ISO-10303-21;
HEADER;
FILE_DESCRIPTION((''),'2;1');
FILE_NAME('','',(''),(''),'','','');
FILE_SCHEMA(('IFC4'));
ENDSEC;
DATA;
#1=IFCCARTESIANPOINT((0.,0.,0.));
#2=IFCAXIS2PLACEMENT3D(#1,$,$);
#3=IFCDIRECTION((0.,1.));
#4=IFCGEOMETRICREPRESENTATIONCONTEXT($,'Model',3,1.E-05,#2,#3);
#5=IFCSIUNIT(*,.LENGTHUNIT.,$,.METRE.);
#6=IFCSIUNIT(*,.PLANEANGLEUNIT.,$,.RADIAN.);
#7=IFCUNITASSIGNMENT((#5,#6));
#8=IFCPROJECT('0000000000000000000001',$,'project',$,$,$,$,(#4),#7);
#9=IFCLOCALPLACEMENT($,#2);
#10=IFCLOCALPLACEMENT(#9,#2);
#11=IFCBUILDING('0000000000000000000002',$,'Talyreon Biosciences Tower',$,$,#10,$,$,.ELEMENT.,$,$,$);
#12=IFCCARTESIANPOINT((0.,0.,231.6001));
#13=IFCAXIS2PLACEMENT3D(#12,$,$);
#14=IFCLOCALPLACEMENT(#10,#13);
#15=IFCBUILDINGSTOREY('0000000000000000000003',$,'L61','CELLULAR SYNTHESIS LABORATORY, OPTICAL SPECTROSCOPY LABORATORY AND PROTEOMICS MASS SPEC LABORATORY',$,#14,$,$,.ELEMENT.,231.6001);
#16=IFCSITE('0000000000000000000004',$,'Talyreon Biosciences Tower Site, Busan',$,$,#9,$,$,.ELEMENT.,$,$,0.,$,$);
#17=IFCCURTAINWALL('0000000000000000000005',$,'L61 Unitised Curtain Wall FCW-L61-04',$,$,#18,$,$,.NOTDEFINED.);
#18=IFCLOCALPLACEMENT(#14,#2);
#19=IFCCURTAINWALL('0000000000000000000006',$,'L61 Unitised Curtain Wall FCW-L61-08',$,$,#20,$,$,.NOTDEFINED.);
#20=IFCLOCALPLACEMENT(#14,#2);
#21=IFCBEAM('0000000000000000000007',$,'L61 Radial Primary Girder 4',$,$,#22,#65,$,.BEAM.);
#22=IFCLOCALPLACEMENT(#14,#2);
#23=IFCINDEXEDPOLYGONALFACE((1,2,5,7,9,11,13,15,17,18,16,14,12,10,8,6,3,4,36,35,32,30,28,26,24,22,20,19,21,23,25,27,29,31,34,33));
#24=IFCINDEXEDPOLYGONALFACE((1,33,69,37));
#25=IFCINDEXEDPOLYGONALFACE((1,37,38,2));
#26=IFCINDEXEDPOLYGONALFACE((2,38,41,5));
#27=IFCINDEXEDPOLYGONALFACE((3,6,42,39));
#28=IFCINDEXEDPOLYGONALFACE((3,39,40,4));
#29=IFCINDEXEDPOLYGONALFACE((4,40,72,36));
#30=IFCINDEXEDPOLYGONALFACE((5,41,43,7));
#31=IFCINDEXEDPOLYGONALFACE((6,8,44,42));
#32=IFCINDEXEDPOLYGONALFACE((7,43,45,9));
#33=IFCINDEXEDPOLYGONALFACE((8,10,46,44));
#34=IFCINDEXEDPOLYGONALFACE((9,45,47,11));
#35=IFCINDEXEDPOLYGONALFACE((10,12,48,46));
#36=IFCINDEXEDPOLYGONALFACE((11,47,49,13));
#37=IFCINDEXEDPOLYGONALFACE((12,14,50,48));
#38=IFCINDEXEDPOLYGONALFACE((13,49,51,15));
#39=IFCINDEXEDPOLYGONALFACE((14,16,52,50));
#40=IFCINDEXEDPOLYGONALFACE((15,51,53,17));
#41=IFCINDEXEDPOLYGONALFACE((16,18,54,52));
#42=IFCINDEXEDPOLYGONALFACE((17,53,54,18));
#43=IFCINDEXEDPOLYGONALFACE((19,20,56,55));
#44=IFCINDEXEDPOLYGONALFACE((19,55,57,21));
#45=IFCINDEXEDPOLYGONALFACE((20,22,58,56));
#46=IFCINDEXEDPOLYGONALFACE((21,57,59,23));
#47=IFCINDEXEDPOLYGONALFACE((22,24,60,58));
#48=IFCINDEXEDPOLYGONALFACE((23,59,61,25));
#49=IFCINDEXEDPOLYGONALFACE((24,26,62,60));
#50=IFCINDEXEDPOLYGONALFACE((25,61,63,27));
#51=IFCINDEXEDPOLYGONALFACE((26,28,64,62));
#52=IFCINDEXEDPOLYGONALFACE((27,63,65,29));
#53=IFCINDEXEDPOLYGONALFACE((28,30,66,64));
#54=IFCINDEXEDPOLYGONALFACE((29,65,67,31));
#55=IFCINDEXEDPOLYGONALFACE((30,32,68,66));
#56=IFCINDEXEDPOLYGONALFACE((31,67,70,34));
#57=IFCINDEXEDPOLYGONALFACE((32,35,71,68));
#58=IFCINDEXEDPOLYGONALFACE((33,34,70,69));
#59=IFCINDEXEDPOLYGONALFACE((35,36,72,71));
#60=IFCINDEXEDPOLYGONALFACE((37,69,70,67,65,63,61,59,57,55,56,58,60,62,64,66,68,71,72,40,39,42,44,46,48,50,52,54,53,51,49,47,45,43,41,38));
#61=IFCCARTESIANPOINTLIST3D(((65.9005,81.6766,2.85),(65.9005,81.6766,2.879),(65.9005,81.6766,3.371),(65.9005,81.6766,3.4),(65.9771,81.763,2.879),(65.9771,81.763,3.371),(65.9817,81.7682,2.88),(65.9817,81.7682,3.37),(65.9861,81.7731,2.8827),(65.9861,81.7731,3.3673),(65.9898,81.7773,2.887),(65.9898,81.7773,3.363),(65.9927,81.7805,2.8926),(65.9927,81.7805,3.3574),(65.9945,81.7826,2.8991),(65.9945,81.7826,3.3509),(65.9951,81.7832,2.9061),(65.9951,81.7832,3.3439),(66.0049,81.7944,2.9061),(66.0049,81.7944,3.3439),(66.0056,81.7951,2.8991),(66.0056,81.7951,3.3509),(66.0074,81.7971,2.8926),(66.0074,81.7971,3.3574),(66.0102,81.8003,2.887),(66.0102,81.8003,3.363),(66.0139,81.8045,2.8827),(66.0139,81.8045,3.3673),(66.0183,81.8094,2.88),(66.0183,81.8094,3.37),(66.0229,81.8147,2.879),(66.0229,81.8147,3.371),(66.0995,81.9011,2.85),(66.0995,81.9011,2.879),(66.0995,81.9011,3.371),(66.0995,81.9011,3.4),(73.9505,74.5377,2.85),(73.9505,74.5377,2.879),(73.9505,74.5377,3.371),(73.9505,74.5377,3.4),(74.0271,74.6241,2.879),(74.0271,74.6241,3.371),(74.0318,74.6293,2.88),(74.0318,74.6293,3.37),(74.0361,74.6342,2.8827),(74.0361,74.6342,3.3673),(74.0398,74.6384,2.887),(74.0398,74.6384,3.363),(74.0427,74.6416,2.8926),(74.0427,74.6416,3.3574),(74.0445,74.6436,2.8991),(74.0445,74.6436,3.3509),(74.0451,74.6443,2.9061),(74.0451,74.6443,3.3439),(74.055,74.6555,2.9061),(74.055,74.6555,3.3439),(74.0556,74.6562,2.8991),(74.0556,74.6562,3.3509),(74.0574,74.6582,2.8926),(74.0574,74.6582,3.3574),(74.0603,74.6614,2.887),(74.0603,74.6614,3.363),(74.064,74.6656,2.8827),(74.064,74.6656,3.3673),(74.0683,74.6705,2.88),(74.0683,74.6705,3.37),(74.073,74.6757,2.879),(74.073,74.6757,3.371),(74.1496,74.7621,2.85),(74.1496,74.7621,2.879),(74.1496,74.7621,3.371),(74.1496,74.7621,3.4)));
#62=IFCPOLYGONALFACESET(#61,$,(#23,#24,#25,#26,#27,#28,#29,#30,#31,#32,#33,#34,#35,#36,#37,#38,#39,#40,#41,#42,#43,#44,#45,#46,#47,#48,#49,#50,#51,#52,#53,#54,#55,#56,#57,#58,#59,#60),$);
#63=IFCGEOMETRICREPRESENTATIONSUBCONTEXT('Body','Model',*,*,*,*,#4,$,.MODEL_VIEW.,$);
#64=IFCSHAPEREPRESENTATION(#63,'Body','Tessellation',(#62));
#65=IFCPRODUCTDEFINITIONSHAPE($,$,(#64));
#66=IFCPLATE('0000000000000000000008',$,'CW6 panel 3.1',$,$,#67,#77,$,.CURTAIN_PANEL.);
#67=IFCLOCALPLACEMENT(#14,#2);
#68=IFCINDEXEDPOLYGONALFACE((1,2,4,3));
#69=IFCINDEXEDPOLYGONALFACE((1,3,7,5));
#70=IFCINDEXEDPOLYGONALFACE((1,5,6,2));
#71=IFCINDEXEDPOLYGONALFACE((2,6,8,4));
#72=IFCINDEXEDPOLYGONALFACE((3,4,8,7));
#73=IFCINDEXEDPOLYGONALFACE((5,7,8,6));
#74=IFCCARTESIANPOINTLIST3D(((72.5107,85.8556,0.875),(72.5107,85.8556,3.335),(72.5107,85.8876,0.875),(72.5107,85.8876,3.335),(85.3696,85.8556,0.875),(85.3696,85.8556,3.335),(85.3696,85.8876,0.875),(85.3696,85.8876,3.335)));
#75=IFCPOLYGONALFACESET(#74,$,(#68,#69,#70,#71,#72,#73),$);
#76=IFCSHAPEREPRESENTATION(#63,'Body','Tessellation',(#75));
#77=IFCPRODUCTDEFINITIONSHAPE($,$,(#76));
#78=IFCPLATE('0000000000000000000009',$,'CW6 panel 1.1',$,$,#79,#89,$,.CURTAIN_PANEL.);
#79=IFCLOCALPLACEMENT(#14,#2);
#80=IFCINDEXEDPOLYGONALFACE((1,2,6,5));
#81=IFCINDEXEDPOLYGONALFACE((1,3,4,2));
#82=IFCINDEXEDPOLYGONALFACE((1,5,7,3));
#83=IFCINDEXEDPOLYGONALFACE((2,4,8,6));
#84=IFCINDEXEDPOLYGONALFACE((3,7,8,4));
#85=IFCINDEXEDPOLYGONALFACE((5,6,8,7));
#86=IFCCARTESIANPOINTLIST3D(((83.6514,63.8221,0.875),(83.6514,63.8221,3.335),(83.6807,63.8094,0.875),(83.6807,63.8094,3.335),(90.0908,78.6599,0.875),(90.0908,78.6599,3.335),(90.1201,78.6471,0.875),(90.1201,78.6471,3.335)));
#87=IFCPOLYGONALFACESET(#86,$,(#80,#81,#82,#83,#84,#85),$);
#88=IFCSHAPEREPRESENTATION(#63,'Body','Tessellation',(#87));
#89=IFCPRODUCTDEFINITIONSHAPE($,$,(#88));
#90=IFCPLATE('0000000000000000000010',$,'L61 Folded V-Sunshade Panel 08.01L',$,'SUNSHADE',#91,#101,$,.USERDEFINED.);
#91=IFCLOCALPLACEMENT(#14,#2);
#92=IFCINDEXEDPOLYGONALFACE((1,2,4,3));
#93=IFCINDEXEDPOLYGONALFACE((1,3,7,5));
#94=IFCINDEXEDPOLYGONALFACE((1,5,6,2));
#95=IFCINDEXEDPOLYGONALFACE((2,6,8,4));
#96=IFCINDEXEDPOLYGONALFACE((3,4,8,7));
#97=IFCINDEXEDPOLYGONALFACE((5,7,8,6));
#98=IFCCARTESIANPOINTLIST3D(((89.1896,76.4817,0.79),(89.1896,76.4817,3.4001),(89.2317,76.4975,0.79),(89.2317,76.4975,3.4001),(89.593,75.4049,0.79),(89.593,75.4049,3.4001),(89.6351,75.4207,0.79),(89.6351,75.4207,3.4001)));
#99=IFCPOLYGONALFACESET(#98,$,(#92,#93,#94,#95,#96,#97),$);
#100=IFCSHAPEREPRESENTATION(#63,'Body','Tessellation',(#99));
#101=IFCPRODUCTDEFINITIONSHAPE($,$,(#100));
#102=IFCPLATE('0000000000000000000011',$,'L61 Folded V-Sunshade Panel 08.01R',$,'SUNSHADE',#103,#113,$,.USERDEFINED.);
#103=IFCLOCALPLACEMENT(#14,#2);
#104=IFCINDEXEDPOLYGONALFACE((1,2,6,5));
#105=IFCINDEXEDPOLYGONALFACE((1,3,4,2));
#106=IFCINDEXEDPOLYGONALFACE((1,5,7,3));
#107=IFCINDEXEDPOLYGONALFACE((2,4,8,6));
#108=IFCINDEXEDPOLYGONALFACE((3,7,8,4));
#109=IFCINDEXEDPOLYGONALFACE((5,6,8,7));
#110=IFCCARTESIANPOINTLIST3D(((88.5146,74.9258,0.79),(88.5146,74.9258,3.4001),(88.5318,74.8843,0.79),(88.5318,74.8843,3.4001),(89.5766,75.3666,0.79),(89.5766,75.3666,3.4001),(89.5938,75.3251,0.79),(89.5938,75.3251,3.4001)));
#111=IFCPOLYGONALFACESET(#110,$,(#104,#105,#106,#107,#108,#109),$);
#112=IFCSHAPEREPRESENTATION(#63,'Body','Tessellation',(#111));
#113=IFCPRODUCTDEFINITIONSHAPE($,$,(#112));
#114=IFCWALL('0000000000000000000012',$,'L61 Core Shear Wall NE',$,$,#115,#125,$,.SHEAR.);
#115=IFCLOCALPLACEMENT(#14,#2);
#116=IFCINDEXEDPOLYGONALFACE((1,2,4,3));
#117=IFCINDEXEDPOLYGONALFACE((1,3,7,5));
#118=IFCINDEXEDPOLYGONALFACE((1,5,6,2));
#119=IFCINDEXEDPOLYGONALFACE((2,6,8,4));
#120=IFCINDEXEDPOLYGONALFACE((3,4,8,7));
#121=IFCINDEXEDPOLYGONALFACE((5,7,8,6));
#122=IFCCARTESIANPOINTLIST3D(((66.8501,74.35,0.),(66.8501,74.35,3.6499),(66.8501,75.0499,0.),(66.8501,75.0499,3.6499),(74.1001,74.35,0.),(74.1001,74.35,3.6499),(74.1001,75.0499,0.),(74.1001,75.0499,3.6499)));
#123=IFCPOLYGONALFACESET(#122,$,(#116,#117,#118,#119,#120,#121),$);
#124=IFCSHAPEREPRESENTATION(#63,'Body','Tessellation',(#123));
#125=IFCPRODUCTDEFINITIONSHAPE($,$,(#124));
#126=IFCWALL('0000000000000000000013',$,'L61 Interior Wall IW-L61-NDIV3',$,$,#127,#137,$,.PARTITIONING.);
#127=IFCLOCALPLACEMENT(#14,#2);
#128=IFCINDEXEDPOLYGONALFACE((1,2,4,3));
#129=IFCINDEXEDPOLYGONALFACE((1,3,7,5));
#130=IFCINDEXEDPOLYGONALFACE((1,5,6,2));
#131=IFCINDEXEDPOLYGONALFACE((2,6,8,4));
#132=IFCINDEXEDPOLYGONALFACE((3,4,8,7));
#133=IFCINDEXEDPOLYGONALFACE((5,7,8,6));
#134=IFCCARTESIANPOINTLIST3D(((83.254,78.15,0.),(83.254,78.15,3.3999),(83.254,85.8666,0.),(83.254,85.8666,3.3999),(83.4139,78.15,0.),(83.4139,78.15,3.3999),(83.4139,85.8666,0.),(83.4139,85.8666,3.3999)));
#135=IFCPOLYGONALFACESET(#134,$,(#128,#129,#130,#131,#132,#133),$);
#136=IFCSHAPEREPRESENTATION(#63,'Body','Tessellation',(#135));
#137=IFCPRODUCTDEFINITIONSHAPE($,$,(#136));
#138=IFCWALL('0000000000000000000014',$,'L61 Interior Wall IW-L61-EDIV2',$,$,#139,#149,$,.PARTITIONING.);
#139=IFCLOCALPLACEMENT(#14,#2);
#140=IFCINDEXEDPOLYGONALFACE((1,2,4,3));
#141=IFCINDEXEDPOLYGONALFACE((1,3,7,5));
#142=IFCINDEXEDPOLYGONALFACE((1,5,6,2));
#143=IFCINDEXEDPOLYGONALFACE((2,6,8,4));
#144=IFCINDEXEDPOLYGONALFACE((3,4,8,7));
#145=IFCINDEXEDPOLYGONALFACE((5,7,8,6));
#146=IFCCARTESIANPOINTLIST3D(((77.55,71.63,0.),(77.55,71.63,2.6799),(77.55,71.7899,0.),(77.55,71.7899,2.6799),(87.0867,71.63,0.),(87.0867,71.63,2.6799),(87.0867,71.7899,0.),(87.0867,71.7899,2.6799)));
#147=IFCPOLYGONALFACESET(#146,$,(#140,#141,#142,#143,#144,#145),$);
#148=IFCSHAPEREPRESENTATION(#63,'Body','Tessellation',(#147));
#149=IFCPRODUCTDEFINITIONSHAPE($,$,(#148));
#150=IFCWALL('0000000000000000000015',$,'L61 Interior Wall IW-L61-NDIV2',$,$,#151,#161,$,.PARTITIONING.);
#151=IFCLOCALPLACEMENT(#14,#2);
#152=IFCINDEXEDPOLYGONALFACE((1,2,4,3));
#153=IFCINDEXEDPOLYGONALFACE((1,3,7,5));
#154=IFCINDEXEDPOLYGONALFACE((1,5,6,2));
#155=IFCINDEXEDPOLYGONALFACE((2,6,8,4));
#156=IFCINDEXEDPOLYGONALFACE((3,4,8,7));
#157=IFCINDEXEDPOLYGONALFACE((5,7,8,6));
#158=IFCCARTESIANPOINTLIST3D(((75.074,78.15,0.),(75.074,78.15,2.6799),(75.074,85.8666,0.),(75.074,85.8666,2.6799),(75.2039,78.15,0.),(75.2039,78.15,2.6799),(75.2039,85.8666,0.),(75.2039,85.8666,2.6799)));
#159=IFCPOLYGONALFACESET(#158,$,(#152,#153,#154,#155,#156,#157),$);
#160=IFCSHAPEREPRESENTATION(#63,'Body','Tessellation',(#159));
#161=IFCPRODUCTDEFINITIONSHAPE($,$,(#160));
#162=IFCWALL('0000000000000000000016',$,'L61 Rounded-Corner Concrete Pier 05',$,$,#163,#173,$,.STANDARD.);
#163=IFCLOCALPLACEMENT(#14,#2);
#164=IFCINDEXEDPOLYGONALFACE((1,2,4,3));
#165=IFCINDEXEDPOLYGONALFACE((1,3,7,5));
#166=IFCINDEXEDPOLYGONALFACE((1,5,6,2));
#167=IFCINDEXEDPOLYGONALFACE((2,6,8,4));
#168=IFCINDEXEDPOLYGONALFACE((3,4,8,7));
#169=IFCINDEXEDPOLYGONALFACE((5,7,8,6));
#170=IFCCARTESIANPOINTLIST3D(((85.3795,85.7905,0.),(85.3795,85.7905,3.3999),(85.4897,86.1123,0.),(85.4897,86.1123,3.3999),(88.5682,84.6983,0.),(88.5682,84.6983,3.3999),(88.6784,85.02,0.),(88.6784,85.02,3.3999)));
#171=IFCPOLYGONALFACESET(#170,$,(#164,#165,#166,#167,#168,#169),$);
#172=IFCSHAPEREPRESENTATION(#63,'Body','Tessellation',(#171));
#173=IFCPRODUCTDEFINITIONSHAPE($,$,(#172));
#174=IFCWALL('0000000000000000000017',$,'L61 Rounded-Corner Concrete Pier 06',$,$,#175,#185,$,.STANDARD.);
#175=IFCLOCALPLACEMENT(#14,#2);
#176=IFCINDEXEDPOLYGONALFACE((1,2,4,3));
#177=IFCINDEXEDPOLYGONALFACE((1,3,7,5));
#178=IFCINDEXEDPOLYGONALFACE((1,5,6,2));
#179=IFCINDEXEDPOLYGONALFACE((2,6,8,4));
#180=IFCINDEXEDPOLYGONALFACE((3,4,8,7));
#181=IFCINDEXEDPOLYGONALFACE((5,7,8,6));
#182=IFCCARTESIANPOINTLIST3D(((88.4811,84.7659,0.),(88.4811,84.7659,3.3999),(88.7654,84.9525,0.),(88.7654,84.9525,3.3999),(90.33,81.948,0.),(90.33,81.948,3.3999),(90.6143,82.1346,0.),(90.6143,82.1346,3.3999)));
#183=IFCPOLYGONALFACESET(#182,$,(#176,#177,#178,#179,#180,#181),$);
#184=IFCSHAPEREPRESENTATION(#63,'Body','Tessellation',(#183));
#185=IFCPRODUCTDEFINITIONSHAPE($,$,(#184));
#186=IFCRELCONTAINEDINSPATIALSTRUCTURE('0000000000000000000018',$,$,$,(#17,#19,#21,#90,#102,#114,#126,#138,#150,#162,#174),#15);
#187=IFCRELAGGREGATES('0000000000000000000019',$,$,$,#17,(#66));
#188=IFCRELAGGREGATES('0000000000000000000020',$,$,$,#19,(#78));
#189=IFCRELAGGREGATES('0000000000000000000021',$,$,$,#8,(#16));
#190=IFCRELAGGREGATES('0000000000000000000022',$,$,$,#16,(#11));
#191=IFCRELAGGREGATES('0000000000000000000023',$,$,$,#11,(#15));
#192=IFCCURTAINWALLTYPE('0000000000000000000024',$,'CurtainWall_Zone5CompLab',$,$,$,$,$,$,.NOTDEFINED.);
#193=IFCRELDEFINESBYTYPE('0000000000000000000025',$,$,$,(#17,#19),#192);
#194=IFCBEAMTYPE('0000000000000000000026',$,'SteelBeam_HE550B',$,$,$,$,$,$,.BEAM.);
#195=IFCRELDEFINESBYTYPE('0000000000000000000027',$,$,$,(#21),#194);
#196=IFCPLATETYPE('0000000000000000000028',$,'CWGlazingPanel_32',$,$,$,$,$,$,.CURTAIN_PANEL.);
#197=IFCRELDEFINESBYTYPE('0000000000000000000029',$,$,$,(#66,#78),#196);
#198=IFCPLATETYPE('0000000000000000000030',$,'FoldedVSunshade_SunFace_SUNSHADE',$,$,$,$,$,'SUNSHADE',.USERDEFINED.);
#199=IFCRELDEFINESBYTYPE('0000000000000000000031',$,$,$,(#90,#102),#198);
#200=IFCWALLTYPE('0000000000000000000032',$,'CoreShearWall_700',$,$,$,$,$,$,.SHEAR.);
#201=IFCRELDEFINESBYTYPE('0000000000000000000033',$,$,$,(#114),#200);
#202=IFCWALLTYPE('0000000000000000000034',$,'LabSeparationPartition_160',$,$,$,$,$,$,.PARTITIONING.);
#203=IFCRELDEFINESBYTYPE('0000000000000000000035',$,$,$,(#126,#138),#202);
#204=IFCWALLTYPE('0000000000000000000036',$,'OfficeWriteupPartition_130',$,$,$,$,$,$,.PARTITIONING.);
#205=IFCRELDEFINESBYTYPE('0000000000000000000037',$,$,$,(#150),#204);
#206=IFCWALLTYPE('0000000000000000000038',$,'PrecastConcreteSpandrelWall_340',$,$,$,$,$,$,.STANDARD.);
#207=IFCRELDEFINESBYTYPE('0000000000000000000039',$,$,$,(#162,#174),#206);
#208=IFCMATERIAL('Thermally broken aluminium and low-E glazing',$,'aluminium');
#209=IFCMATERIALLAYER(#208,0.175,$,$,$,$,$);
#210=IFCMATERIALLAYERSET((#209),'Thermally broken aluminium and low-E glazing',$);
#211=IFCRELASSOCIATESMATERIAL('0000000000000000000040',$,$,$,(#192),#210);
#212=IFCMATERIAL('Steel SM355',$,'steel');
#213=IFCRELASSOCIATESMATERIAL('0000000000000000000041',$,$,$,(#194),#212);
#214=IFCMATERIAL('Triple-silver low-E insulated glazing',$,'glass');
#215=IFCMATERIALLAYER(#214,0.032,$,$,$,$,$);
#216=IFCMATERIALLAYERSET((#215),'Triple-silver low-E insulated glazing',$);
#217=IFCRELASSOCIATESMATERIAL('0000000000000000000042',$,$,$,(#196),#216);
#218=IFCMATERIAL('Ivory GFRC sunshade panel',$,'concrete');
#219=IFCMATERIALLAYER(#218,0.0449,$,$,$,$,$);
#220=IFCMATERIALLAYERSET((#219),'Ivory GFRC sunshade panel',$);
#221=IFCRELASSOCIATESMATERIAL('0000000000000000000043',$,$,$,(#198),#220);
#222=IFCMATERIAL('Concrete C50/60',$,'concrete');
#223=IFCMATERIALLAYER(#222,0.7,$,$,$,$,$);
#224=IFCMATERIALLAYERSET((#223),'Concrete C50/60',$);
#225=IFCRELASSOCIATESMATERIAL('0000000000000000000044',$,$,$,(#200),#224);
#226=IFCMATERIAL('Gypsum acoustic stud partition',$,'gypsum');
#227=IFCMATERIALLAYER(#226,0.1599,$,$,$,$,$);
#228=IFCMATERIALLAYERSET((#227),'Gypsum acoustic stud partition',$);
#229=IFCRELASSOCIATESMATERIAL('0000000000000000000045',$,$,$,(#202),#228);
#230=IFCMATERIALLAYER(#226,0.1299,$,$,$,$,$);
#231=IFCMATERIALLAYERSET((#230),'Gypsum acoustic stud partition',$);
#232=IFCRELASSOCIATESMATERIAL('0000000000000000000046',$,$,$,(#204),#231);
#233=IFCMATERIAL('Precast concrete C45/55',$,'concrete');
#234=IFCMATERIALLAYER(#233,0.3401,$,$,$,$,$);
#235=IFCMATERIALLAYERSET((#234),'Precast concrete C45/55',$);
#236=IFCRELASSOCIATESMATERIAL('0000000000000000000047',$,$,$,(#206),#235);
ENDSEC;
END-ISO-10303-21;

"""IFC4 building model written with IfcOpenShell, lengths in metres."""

from ifc_helpers import new_model, si_unit, direction, frame, frame_2d, origin, origin_2d, place, context, subcontext, project, spatial, rectangle, i_section, extrude, material, layer, layer_set, material_profile, profile_set, type_object, element, aggregate, save


model = new_model("IFC4")

# Units and contexts
model_context = context("Model", 3, precision=1e-05, world=origin(), true_north=direction((0.0, 1.0)))
body_context = subcontext(model_context, "Body", "Model", "MODEL_VIEW")
ifc_project = project(units=[si_unit("LENGTHUNIT", "METRE"), si_unit("PLANEANGLEUNIT", "RADIAN")], contexts=[model_context])

# Site, building, storey
site_placement = place(None, origin())
site = spatial("IfcSite", under=ifc_project, at=site_placement, Name="Talyreon Biosciences Tower Site, Busan", CompositionType="ELEMENT", RefElevation=0.0)
building_placement = place(site_placement, origin())
building = spatial("IfcBuilding", under=site, at=building_placement, Name="Talyreon Biosciences Tower", CompositionType="ELEMENT")
storey_placement = place(building_placement, frame((0.0, 0.0, 231.6001)))
storey = spatial("IfcBuildingStorey", under=building, at=storey_placement, Name="L61", Description="CELLULAR SYNTHESIS LABORATORY, OPTICAL SPECTROSCOPY LABORATORY AND PROTEOMICS MASS SPEC LABORATORY", CompositionType="ELEMENT", Elevation=231.6001)

# Shared definitions
ifc_material_1 = material(Name="Concrete C50/60", Category="concrete")

# Curtain wall
ifc_material_2 = material(Name="Thermally broken aluminium and low-E glazing", Category="aluminium")
ifc_layer_1 = layer(ifc_material_2, 0.175)
ifc_layer_set_1 = layer_set([ifc_layer_1], Name="Thermally broken aluminium and low-E glazing")
curtain_wall_type = type_object("IfcCurtainWallType", Name="CurtainWall_Zone5CompLab", PredefinedType="NOTDEFINED", material=ifc_layer_set_1)
curtain_wall_1_placement = place(storey_placement, origin())
curtain_wall_1 = element("IfcCurtainWall", 1, at=curtain_wall_1_placement, inside=storey, type_object=curtain_wall_type, Name="L61 Unitised Curtain Wall FCW-L61-04", PredefinedType="NOTDEFINED")

# Curtain wall
curtain_wall_2_placement = place(storey_placement, origin())
curtain_wall_2 = element("IfcCurtainWall", 2, at=curtain_wall_2_placement, inside=storey, type_object=curtain_wall_type, Name="L61 Unitised Curtain Wall FCW-L61-08", PredefinedType="NOTDEFINED")

# Beam
ifc_material_3 = material(Name="Precast concrete C45/55", Category="concrete")
ifc_material_4 = material(Name="Steel SM355", Category="steel")
ifc_material_profile_1 = material_profile(ifc_material_4, i_section(OverallWidth=0.3, OverallDepth=0.55, WebThickness=0.0149, FlangeThickness=0.0291, FilletRadius=0.0271, at=origin_2d()), Name="HE550B")
ifc_profile_set_1 = profile_set([ifc_material_profile_1], Name="Steel SM355")
beam_type_1 = type_object("IfcBeamType", Name="SteelBeam_HE550B", PredefinedType="BEAM", material=ifc_profile_set_1)
beam_1_placement = place(storey_placement, frame((74.05, 74.6499, 3.125), z_axis=(-0.748179, 0.663497, 0.0), x_axis=(-0.663497, -0.748179, 0.0)))
element("IfcBeam", 3, at=beam_1_placement, inside=storey, type_object=beam_type_1, Name="L61 Radial Primary Girder 4", PredefinedType="BEAM", context=body_context, shape_type="SweptSolid", body=[
    extrude(i_section(OverallWidth=0.3, OverallDepth=0.55, WebThickness=0.0149, FlangeThickness=0.0291, FilletRadius=0.0271, at=origin_2d()), origin(), (0.0, 0.0, 1.0), 10.7595),
])

# Plates
ifc_material_5 = material(Name="Triple-silver low-E insulated glazing", Category="glass")
ifc_layer_2 = layer(ifc_material_5, 0.032)
ifc_layer_set_2 = layer_set([ifc_layer_2], Name="Triple-silver low-E insulated glazing")
plate_type_1 = type_object("IfcPlateType", Name="CWGlazingPanel_32", PredefinedType="CURTAIN_PANEL", material=ifc_layer_set_2)
plate_1_placement = place(storey_placement, frame((78.9402, 85.8716, 0.875), z_axis=(0.0, 0.0, 1.0), x_axis=(1.0, 0.0, 0.0)))
plate_1 = element("IfcPlate", 4, at=plate_1_placement, type_object=plate_type_1, Name="CW6 panel 3.1", PredefinedType="CURTAIN_PANEL", context=body_context, shape_type="SweptSolid", body=[
    extrude(rectangle(XDim=12.8589, YDim=0.032, at=origin_2d()), origin(), (0.0, 0.0, 1.0), 2.46),
])
aggregate(curtain_wall_1, [plate_1])
plate_2_placement = place(storey_placement, frame((86.8857, 71.2346, 0.875), z_axis=(0.0, 0.0, 1.0), x_axis=(-0.398112, -0.917337, 0.0)))
plate_2 = element("IfcPlate", 5, at=plate_2_placement, type_object=plate_type_1, Name="CW6 panel 1.1", PredefinedType="CURTAIN_PANEL", context=body_context, shape_type="SweptSolid", body=[
    extrude(rectangle(XDim=16.1748, YDim=0.032, at=origin_2d()), origin(), (0.0, 0.0, 1.0), 2.46),
])
aggregate(curtain_wall_2, [plate_2])

# Plates
ifc_material_6 = material(Name="Ivory GFRC sunshade panel", Category="concrete")
ifc_layer_3 = layer(ifc_material_6, 0.0449)
ifc_layer_set_3 = layer_set([ifc_layer_3], Name="Ivory GFRC sunshade panel")
plate_type_2 = type_object("IfcPlateType", Name="FoldedVSunshade_SunFace_SUNSHADE", ElementType="SUNSHADE", PredefinedType="USERDEFINED", material=ifc_layer_set_3)
for number, where, z_axis, x_axis, name in (
    (6, (89.4124, 75.9512, 0.79), (0.0, 0.0, 1.0), (0.350861, -0.936427, 0.0), "L61 Folded V-Sunshade Panel 08.01L"),
    (7, (89.0542, 75.1255, 0.79), (0.0, 0.0, 1.0), (-0.923612, -0.383328, 0.0), "L61 Folded V-Sunshade Panel 08.01R"),
):
    element("IfcPlate", number, at=place(storey_placement, frame(where, z_axis=z_axis, x_axis=x_axis)), inside=storey, type_object=plate_type_2, Name=name, ObjectType="SUNSHADE", PredefinedType="USERDEFINED", context=body_context, shape_type="SweptSolid", body=[
        extrude(rectangle(XDim=1.1499, YDim=0.0449, at=origin_2d()), origin(), (0.0, 0.0, 1.0), 2.6101),
    ])

# Walls
ifc_layer_4 = layer(ifc_material_1, 0.7)
ifc_layer_set_4 = layer_set([ifc_layer_4], Name="Concrete C50/60")
wall_type_1 = type_object("IfcWallType", Name="CoreShearWall_700", PredefinedType="SHEAR", material=ifc_layer_set_4)
wall_1_placement = place(storey_placement, frame((74.1001, 74.7, 0.0), z_axis=(0.0, 0.0, 1.0), x_axis=(-1.0, 0.0, 0.0)))
element("IfcWall", 8, at=wall_1_placement, inside=storey, type_object=wall_type_1, Name="L61 Core Shear Wall NE", PredefinedType="SHEAR", context=body_context, shape_type="SweptSolid", body=[
    extrude(rectangle(XDim=7.25, YDim=0.7, at=frame_2d((3.625, 0.0))), origin(), (0.0, 0.0, 1.0), 3.6499),
])
ifc_material_7 = material(Name="Gypsum acoustic stud partition", Category="gypsum")
ifc_layer_5 = layer(ifc_material_7, 0.1599)
ifc_layer_set_5 = layer_set([ifc_layer_5], Name="Gypsum acoustic stud partition")
wall_type_2 = type_object("IfcWallType", Name="LabSeparationPartition_160", PredefinedType="PARTITIONING", material=ifc_layer_set_5)
wall_2_placement = place(storey_placement, frame((83.334, 78.1499, 0.0), z_axis=(0.0, 0.0, 1.0), x_axis=(0.0, 1.0, 0.0)))
element("IfcWall", 9, at=wall_2_placement, inside=storey, type_object=wall_type_2, Name="L61 Interior Wall IW-L61-NDIV3", PredefinedType="PARTITIONING", context=body_context, shape_type="SweptSolid", body=[
    extrude(rectangle(XDim=7.7166, YDim=0.1599, at=frame_2d((3.8584, 0.0))), origin(), (0.0, 0.0, 1.0), 3.3999),
])
wall_3_placement = place(storey_placement, frame((77.55, 71.71, 0.0), z_axis=(0.0, 0.0, 1.0), x_axis=(1.0, 0.0, 0.0)))
element("IfcWall", 10, at=wall_3_placement, inside=storey, type_object=wall_type_2, Name="L61 Interior Wall IW-L61-EDIV2", PredefinedType="PARTITIONING", context=body_context, shape_type="SweptSolid", body=[
    extrude(rectangle(XDim=9.5366, YDim=0.1599, at=frame_2d((4.7683, 0.0))), origin(), (0.0, 0.0, 1.0), 2.6799),
])
ifc_layer_6 = layer(ifc_material_7, 0.1299)
ifc_layer_set_6 = layer_set([ifc_layer_6], Name="Gypsum acoustic stud partition")
wall_type_3 = type_object("IfcWallType", Name="OfficeWriteupPartition_130", PredefinedType="PARTITIONING", material=ifc_layer_set_6)
wall_4_placement = place(storey_placement, frame((75.1389, 78.1499, 0.0), z_axis=(0.0, 0.0, 1.0), x_axis=(0.0, 1.0, 0.0)))
element("IfcWall", 11, at=wall_4_placement, inside=storey, type_object=wall_type_3, Name="L61 Interior Wall IW-L61-NDIV2", PredefinedType="PARTITIONING", context=body_context, shape_type="SweptSolid", body=[
    extrude(rectangle(XDim=7.7166, YDim=0.1299, at=frame_2d((3.8584, 0.0))), origin(), (0.0, 0.0, 1.0), 2.6799),
])
ifc_layer_7 = layer(ifc_material_3, 0.3401)
ifc_layer_set_7 = layer_set([ifc_layer_7], Name="Precast concrete C45/55")
wall_type_4 = type_object("IfcWallType", Name="PrecastConcreteSpandrelWall_340", PredefinedType="STANDARD", material=ifc_layer_set_7)
wall_5_placement = place(storey_placement, frame((85.4346, 85.9514, 0.0), z_axis=(0.0, 0.0, 1.0), x_axis=(0.946036, -0.324061, 0.0)))
element("IfcWall", 12, at=wall_5_placement, inside=storey, type_object=wall_type_4, Name="L61 Rounded-Corner Concrete Pier 05", PredefinedType="STANDARD", context=body_context, shape_type="SweptSolid", body=[
    extrude(rectangle(XDim=3.3706, YDim=0.3401, at=frame_2d((1.6853, 0.0))), origin(), (0.0, 0.0, 1.0), 3.3999),
])
for number, where, z_axis, x_axis, name in (
    (13, (88.6233, 84.8591, 0.0), (0.0, 0.0, 1.0), (0.548584, -0.836096, 0.0), "L61 Rounded-Corner Concrete Pier 06"),
):
    element("IfcWall", number, at=place(storey_placement, frame(where, z_axis=z_axis, x_axis=x_axis)), inside=storey, type_object=wall_type_4, Name=name, PredefinedType="STANDARD", context=body_context, shape_type="SweptSolid", body=[
        extrude(rectangle(XDim=3.3704, YDim=0.3401, at=frame_2d((1.6851, 0.0))), origin(), (0.0, 0.0, 1.0), 3.3999),
    ])

save(model, "model.ifc")
